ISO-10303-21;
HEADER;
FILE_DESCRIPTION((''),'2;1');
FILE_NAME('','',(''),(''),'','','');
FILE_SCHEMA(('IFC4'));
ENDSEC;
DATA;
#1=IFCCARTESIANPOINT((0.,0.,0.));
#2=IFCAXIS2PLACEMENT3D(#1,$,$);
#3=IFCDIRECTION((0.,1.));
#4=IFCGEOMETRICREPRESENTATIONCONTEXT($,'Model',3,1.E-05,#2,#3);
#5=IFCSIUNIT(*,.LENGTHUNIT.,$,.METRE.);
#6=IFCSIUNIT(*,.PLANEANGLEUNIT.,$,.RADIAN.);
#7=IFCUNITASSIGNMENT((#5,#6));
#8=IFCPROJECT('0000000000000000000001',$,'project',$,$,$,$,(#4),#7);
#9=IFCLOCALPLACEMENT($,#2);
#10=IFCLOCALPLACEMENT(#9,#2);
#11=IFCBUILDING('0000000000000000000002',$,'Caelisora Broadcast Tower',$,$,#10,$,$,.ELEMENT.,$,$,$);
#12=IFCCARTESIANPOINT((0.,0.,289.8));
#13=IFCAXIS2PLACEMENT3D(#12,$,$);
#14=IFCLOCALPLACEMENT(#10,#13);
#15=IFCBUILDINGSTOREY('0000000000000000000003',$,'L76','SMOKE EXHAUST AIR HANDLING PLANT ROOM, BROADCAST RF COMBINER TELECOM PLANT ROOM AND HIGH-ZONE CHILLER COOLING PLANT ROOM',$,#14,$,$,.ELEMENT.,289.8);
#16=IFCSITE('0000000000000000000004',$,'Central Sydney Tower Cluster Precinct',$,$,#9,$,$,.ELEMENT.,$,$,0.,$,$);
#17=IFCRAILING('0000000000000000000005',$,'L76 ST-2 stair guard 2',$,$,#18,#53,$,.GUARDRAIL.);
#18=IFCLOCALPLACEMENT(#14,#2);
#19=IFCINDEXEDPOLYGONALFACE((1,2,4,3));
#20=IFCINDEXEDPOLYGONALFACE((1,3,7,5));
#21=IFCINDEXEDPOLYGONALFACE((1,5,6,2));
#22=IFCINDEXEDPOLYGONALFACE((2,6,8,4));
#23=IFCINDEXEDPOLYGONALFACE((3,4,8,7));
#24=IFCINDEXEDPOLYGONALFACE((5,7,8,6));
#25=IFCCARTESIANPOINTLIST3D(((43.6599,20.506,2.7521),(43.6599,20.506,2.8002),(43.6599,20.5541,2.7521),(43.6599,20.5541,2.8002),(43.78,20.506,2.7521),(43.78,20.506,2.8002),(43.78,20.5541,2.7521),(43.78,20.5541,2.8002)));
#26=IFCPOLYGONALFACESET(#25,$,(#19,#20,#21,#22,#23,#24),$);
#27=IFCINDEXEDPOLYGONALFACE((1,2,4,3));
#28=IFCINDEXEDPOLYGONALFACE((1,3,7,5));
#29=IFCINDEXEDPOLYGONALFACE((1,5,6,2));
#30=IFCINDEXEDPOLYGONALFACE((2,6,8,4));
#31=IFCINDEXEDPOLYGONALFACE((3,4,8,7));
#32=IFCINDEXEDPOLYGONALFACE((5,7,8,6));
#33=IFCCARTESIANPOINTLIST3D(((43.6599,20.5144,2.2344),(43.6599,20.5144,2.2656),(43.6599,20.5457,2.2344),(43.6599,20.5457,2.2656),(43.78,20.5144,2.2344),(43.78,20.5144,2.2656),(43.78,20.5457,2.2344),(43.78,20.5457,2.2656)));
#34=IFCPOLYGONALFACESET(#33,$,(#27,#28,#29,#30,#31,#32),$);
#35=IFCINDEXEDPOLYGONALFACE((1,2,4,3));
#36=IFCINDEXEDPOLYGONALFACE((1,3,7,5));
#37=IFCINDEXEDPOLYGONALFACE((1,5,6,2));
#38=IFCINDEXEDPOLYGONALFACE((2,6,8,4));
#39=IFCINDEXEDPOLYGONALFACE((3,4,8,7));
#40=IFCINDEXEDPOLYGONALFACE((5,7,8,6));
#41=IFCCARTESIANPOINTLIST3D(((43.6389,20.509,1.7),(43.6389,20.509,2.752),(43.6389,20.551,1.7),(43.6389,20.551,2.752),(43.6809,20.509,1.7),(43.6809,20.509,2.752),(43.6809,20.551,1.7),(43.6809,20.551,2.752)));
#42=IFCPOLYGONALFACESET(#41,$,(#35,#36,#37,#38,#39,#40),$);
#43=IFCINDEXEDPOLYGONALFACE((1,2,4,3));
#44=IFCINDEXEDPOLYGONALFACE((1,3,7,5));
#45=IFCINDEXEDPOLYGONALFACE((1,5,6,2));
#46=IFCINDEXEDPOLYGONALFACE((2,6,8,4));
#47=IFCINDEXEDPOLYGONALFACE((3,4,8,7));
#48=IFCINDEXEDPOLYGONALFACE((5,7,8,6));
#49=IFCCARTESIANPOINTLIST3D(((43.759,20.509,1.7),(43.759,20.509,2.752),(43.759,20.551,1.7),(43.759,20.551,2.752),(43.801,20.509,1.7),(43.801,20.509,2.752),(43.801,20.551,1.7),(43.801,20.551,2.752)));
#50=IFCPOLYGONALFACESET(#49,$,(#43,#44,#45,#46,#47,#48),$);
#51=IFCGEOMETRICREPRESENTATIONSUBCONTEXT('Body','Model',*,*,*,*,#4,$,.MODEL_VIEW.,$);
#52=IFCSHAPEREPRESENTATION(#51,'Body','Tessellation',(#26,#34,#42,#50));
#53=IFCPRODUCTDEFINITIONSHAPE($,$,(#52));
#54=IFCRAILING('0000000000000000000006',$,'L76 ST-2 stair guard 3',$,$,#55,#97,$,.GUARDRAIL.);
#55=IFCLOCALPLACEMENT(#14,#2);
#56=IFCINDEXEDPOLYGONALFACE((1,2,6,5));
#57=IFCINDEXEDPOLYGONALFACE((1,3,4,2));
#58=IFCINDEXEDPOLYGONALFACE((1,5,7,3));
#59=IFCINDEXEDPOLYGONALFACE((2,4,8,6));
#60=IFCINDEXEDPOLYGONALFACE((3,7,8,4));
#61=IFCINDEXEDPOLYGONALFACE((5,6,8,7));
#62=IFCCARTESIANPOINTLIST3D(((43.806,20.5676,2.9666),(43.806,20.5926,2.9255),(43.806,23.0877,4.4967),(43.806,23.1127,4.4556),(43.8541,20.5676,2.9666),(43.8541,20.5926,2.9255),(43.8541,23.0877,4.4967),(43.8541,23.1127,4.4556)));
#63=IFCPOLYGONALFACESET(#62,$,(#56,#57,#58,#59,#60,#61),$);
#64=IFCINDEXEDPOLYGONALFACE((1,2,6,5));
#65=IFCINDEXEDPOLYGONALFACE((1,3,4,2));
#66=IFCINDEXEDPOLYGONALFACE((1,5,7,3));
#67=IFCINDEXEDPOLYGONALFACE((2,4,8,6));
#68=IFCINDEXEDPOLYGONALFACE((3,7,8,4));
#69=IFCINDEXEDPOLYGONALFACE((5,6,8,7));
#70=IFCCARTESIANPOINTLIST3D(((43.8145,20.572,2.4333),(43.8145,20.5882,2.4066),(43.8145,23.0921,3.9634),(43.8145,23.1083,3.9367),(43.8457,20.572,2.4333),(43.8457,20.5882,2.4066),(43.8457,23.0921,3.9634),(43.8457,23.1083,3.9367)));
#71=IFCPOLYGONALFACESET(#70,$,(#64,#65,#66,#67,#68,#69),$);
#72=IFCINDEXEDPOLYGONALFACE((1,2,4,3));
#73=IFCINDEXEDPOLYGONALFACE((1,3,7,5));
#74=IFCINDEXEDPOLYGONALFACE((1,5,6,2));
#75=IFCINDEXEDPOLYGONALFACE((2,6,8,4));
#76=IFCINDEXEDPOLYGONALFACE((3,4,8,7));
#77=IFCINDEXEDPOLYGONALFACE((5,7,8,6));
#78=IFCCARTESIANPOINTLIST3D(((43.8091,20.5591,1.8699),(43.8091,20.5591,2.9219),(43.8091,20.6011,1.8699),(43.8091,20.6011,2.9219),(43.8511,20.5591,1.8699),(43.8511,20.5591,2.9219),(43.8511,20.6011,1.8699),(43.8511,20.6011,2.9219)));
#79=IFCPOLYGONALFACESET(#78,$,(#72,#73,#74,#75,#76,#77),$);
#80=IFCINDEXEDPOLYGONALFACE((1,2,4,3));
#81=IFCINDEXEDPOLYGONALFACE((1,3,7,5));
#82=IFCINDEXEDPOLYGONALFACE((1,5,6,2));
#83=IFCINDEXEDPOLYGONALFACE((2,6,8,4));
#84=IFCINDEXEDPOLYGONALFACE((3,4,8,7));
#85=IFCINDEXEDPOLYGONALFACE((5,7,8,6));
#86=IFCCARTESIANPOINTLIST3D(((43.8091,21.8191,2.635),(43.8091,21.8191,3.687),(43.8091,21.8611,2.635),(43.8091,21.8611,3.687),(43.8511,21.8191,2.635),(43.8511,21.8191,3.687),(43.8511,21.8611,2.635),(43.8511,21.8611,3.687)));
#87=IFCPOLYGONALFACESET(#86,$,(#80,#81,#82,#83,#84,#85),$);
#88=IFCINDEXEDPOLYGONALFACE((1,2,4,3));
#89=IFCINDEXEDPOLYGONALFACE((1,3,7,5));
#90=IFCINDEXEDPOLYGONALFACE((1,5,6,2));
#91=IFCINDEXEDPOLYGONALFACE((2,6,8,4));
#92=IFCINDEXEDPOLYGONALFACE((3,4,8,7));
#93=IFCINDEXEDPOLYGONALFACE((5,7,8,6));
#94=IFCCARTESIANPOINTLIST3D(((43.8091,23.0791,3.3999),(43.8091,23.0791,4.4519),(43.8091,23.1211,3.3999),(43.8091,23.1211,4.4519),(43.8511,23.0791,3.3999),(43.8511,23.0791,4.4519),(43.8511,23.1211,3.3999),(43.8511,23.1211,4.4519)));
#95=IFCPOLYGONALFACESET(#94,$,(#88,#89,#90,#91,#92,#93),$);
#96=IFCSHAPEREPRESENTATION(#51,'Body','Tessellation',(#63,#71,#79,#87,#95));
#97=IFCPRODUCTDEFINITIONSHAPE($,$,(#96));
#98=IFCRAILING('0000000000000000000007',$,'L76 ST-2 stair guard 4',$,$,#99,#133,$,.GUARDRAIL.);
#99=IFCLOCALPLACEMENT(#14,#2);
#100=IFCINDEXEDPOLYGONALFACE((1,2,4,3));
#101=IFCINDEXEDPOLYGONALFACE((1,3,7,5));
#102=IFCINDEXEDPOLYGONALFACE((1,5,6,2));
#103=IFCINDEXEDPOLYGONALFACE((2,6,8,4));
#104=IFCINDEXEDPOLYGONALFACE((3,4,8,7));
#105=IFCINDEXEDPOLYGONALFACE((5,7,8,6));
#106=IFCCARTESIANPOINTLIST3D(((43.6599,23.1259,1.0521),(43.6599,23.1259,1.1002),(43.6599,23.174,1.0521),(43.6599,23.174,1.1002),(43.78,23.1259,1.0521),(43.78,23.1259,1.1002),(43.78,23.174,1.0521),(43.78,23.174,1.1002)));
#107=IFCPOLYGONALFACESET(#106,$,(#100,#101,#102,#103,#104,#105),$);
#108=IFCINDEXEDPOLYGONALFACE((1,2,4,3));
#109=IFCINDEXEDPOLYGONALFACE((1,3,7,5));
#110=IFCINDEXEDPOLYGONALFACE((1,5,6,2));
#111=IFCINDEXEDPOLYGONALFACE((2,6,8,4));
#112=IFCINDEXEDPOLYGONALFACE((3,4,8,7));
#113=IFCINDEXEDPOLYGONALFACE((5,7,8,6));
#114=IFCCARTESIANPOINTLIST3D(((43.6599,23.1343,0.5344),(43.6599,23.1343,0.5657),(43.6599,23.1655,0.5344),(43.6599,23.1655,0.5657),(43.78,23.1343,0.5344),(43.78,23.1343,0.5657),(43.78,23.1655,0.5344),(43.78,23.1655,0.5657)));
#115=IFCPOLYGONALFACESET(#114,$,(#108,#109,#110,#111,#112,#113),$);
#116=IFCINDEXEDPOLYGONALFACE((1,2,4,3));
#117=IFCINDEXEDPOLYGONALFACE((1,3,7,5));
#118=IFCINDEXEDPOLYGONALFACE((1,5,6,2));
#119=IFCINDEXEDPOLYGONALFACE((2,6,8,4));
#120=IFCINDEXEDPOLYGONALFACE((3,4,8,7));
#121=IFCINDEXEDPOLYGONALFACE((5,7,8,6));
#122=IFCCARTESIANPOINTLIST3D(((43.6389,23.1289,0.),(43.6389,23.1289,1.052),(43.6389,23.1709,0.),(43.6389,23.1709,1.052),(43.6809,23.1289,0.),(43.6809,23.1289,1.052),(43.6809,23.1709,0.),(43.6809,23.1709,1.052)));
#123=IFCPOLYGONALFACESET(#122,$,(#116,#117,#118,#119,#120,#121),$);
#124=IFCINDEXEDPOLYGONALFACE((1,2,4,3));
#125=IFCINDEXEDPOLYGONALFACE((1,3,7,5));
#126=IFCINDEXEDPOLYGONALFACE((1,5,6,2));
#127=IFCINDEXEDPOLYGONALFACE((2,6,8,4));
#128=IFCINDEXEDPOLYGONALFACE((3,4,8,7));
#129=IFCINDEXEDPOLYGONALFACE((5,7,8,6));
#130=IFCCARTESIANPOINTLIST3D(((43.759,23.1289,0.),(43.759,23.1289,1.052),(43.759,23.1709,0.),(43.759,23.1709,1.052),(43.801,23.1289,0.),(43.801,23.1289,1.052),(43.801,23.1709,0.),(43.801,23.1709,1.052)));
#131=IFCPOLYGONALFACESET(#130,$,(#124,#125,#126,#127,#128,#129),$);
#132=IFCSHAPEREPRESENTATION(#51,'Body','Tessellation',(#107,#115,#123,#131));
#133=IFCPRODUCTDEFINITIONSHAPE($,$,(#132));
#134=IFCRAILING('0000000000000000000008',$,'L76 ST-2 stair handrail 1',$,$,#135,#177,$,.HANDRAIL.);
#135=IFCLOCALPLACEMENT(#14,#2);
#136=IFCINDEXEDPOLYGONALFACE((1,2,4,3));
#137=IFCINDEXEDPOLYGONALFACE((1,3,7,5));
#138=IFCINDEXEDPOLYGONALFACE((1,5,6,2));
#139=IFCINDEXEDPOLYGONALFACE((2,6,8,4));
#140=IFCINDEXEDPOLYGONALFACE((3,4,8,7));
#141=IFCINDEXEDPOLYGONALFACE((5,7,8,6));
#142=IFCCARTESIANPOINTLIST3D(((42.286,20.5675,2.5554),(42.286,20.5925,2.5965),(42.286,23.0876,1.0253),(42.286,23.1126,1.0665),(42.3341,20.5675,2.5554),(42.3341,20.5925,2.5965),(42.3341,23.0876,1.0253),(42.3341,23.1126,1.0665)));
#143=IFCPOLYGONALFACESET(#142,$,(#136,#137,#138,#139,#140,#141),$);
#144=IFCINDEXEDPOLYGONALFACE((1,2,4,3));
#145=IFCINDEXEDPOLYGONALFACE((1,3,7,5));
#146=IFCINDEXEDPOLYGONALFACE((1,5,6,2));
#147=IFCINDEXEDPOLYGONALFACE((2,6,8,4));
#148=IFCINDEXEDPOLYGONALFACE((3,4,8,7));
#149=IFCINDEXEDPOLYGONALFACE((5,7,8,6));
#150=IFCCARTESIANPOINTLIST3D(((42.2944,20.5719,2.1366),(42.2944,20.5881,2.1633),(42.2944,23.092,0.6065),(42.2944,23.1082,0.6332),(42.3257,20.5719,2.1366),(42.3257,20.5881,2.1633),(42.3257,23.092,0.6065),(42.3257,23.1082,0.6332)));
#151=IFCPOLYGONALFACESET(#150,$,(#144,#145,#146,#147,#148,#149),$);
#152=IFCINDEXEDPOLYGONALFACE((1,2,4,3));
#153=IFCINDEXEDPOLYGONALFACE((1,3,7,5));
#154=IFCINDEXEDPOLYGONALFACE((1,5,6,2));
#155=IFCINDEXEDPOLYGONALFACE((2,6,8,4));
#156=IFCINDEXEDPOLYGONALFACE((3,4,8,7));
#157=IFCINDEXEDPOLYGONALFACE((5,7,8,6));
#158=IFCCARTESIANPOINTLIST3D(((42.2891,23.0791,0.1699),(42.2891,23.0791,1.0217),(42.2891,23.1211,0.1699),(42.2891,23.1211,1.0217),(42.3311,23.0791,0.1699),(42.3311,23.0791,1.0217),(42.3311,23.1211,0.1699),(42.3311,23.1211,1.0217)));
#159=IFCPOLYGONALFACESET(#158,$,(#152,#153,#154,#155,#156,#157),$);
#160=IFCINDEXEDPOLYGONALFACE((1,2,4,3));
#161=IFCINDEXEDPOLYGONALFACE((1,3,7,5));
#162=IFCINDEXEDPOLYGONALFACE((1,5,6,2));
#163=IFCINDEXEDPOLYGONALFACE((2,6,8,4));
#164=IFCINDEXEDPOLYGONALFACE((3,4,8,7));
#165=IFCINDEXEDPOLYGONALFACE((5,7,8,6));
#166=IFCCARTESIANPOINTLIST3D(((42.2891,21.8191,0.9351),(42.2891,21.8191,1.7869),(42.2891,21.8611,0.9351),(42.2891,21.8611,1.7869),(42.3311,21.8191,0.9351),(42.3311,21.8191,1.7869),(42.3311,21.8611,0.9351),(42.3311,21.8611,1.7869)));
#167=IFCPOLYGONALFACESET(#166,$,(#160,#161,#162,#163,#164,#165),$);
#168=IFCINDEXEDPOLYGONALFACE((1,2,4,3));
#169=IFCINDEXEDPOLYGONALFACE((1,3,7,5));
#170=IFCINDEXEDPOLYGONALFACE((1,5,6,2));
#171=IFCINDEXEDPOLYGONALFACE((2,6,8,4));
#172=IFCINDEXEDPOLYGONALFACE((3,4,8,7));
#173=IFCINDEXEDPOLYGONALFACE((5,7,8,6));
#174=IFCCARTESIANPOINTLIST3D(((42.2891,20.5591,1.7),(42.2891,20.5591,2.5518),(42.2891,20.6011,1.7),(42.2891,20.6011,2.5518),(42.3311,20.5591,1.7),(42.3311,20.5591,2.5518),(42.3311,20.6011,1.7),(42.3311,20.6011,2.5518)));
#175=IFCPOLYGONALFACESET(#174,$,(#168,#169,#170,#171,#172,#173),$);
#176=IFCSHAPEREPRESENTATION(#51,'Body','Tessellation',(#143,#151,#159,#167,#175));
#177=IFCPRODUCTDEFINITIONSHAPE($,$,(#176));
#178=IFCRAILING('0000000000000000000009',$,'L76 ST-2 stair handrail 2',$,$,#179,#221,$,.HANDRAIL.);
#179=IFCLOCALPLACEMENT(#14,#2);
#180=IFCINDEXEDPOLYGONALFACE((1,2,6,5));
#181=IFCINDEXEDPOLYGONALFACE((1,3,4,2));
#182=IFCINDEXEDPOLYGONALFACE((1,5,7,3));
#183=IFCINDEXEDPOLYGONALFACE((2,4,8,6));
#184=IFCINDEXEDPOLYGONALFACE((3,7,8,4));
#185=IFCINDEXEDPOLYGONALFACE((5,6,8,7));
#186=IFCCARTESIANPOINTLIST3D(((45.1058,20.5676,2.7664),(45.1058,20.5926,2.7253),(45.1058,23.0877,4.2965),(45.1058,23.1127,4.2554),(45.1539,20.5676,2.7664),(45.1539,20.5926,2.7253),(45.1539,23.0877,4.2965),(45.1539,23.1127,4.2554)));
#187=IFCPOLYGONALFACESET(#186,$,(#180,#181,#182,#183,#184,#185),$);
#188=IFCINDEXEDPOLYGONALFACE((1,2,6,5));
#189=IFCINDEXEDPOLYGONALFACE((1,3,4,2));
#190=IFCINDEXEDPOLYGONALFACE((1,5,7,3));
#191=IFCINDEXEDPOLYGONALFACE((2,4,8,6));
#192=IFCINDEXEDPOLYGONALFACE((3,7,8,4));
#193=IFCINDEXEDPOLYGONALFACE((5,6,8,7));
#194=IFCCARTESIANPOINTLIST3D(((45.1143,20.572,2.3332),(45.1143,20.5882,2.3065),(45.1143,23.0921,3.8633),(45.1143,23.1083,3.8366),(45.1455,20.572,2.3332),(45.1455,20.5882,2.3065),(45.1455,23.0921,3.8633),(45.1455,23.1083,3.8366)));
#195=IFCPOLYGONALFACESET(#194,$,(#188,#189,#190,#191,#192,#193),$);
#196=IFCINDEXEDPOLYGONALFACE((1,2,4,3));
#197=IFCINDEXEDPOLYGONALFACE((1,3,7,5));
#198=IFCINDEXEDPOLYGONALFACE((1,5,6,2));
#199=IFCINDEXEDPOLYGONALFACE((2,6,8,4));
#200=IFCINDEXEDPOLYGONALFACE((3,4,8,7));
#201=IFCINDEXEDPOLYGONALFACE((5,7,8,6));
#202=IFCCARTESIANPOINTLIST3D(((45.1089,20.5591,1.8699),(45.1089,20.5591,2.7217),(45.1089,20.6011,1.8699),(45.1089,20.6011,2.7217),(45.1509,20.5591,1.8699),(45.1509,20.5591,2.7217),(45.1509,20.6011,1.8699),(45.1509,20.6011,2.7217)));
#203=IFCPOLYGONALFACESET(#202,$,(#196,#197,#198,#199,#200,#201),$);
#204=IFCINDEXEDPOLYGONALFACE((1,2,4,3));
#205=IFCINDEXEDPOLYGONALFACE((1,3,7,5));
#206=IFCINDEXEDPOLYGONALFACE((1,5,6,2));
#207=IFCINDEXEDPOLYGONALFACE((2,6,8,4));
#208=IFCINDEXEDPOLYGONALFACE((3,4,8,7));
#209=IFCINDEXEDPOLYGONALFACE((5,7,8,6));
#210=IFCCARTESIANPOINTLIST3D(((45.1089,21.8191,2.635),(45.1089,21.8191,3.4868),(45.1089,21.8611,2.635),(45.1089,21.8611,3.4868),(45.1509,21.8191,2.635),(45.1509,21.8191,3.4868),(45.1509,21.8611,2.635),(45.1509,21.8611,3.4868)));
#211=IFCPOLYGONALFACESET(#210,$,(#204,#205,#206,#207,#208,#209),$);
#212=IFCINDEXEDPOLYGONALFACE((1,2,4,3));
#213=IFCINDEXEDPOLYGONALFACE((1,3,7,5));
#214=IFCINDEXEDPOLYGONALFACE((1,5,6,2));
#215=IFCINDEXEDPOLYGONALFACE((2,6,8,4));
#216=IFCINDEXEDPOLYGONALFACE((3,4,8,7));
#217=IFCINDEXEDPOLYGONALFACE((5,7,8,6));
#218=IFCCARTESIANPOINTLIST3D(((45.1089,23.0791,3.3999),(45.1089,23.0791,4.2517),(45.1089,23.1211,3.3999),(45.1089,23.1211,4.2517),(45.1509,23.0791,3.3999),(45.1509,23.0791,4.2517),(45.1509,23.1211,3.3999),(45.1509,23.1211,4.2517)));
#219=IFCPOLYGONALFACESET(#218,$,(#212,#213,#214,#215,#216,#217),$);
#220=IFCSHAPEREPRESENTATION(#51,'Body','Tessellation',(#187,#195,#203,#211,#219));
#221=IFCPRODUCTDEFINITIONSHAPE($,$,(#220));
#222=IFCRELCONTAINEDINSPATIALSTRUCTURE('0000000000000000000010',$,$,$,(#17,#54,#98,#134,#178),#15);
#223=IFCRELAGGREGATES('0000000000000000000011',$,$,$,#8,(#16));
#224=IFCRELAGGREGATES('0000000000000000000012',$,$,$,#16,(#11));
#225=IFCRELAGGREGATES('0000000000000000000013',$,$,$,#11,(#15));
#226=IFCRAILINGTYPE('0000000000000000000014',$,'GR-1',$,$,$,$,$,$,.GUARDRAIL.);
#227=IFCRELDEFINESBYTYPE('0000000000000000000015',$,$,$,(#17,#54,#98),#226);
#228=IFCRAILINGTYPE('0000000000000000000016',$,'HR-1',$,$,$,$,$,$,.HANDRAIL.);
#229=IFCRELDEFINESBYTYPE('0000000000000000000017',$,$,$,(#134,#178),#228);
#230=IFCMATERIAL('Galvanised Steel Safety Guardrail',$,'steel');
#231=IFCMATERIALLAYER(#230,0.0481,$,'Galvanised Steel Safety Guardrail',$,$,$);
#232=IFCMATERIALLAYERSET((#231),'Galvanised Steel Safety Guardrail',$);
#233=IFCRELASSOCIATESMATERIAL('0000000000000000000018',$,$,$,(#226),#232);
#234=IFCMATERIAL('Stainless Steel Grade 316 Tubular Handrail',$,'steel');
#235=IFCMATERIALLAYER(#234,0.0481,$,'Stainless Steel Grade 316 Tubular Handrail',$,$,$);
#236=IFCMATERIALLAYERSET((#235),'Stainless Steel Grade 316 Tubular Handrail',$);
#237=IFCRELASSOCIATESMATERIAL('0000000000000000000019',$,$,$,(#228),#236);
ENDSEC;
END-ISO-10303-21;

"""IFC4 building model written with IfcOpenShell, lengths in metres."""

from ifc_helpers import new_model, si_unit, direction, frame, origin, origin_2d, place, context, subcontext, project, spatial, rectangle, extrude, material, layer, layer_set, type_object, element, save


model = new_model("IFC4")

# Units and contexts
model_context = context("Model", 3, precision=1e-05, world=origin(), true_north=direction((0.0, 1.0)))
body_context = subcontext(model_context, "Body", "Model", "MODEL_VIEW")
ifc_project = project(units=[si_unit("LENGTHUNIT", "METRE"), si_unit("PLANEANGLEUNIT", "RADIAN")], contexts=[model_context])

# Site, building, storey
site_placement = place(None, origin())
site = spatial("IfcSite", under=ifc_project, at=site_placement, Name="Central Sydney Tower Cluster Precinct", CompositionType="ELEMENT", RefElevation=0.0)
building_placement = place(site_placement, origin())
building = spatial("IfcBuilding", under=site, at=building_placement, Name="Caelisora Broadcast Tower", CompositionType="ELEMENT")
storey_placement = place(building_placement, frame((0.0, 0.0, 289.8)))
storey = spatial("IfcBuildingStorey", under=building, at=storey_placement, Name="L76", Description="SMOKE EXHAUST AIR HANDLING PLANT ROOM, BROADCAST RF COMBINER TELECOM PLANT ROOM AND HIGH-ZONE CHILLER COOLING PLANT ROOM", CompositionType="ELEMENT", Elevation=289.8)

# Railings
ifc_material_1 = material(Name="Galvanised Steel Safety Guardrail", Category="steel")
ifc_layer_1 = layer(ifc_material_1, 0.0481, Name="Galvanised Steel Safety Guardrail")
ifc_layer_set_1 = layer_set([ifc_layer_1], Name="Galvanised Steel Safety Guardrail")
railing_type_1 = type_object("IfcRailingType", Name="GR-1", PredefinedType="GUARDRAIL", material=ifc_layer_set_1)
railing_1_placement = place(storey_placement, frame((43.6599, 20.53, 1.7)))
element("IfcRailing", 1, at=railing_1_placement, inside=storey, type_object=railing_type_1, Name="L76 ST-2 stair guard 2", PredefinedType="GUARDRAIL", context=body_context, shape_type="SweptSolid", body=[
    extrude(rectangle(XDim=0.0481, YDim=0.0481, at=origin_2d()), frame((0.0, 0.0, 1.0762), z_axis=(1.0, 0.0, 0.0), x_axis=(0.0, 1.0, 0.0)), (0.0, 0.0, 1.0), 0.1201),
    extrude(rectangle(XDim=0.0312, YDim=0.0312, at=origin_2d()), frame((0.0, 0.0, 0.55), z_axis=(1.0, 0.0, 0.0), x_axis=(0.0, 1.0, 0.0)), (0.0, 0.0, 1.0), 0.1201),
    extrude(rectangle(XDim=0.042, YDim=0.042, at=origin_2d()), origin(), (0.0, 0.0, 1.0), 1.052),
    extrude(rectangle(XDim=0.042, YDim=0.042, at=origin_2d()), frame((0.1201, 0.0, 0.0)), (0.0, 0.0, 1.0), 1.052),
])
railing_2_placement = place(storey_placement, frame((43.8301, 20.5801, 1.8699)))
element("IfcRailing", 2, at=railing_2_placement, inside=storey, type_object=railing_type_1, Name="L76 ST-2 stair guard 3", PredefinedType="GUARDRAIL", context=body_context, shape_type="SweptSolid", body=[
    extrude(rectangle(XDim=0.0481, YDim=0.0481, at=origin_2d()), frame((0.0, 0.0, 1.0762), z_axis=(0.0, 0.854785, 0.518982), x_axis=(-1.0, 0.0, 0.0)), (0.0, 0.0, 1.0), 2.9482),
    extrude(rectangle(XDim=0.0312, YDim=0.0312, at=origin_2d()), frame((0.0, 0.0, 0.55), z_axis=(0.0, 0.854785, 0.518982), x_axis=(-1.0, 0.0, 0.0)), (0.0, 0.0, 1.0), 2.9482),
    extrude(rectangle(XDim=0.042, YDim=0.042, at=origin_2d()), origin(), (0.0, 0.0, 1.0), 1.052),
    extrude(rectangle(XDim=0.042, YDim=0.042, at=origin_2d()), frame((0.0, 1.26, 0.7651)), (0.0, 0.0, 1.0), 1.052),
    extrude(rectangle(XDim=0.042, YDim=0.042, at=origin_2d()), frame((0.0, 2.52, 1.53)), (0.0, 0.0, 1.0), 1.052),
])
railing_3_placement = place(storey_placement, frame((43.6599, 23.1499, 0.0)))
element("IfcRailing", 3, at=railing_3_placement, inside=storey, type_object=railing_type_1, Name="L76 ST-2 stair guard 4", PredefinedType="GUARDRAIL", context=body_context, shape_type="SweptSolid", body=[
    extrude(rectangle(XDim=0.0481, YDim=0.0481, at=origin_2d()), frame((0.0, 0.0, 1.0762), z_axis=(1.0, 0.0, 0.0), x_axis=(0.0, 1.0, 0.0)), (0.0, 0.0, 1.0), 0.1201),
    extrude(rectangle(XDim=0.0312, YDim=0.0312, at=origin_2d()), frame((0.0, 0.0, 0.55), z_axis=(1.0, 0.0, 0.0), x_axis=(0.0, 1.0, 0.0)), (0.0, 0.0, 1.0), 0.1201),
    extrude(rectangle(XDim=0.042, YDim=0.042, at=origin_2d()), origin(), (0.0, 0.0, 1.0), 1.052),
    extrude(rectangle(XDim=0.042, YDim=0.042, at=origin_2d()), frame((0.1201, 0.0, 0.0)), (0.0, 0.0, 1.0), 1.052),
])
ifc_material_2 = material(Name="Stainless Steel Grade 316 Tubular Handrail", Category="steel")
ifc_layer_2 = layer(ifc_material_2, 0.0481, Name="Stainless Steel Grade 316 Tubular Handrail")
ifc_layer_set_2 = layer_set([ifc_layer_2], Name="Stainless Steel Grade 316 Tubular Handrail")
railing_type_2 = type_object("IfcRailingType", Name="HR-1", PredefinedType="HANDRAIL", material=ifc_layer_set_2)
railing_4_placement = place(storey_placement, frame((42.3101, 23.1001, 0.1699)))
element("IfcRailing", 4, at=railing_4_placement, inside=storey, type_object=railing_type_2, Name="L76 ST-2 stair handrail 1", PredefinedType="HANDRAIL", context=body_context, shape_type="SweptSolid", body=[
    extrude(rectangle(XDim=0.0481, YDim=0.0481, at=origin_2d()), frame((0.0, 0.0, 0.876), z_axis=(0.0, -0.854785, 0.518982), x_axis=(1.0, 0.0, 0.0)), (0.0, 0.0, 1.0), 2.9482),
    extrude(rectangle(XDim=0.0312, YDim=0.0312, at=origin_2d()), frame((0.0, 0.0, 0.45), z_axis=(0.0, -0.854785, 0.518982), x_axis=(1.0, 0.0, 0.0)), (0.0, 0.0, 1.0), 2.9482),
    extrude(rectangle(XDim=0.042, YDim=0.042, at=origin_2d()), origin(), (0.0, 0.0, 1.0), 0.8518),
    extrude(rectangle(XDim=0.042, YDim=0.042, at=origin_2d()), frame((0.0, -1.26, 0.7651)), (0.0, 0.0, 1.0), 0.8518),
    extrude(rectangle(XDim=0.042, YDim=0.042, at=origin_2d()), frame((0.0, -2.52, 1.53)), (0.0, 0.0, 1.0), 0.8518),
])
railing_5_placement = place(storey_placement, frame((45.1299, 20.5801, 1.8699)))
element("IfcRailing", 5, at=railing_5_placement, inside=storey, type_object=railing_type_2, Name="L76 ST-2 stair handrail 2", PredefinedType="HANDRAIL", context=body_context, shape_type="SweptSolid", body=[
    extrude(rectangle(XDim=0.0481, YDim=0.0481, at=origin_2d()), frame((0.0, 0.0, 0.876), z_axis=(0.0, 0.854785, 0.518982), x_axis=(-1.0, 0.0, 0.0)), (0.0, 0.0, 1.0), 2.9482),
    extrude(rectangle(XDim=0.0312, YDim=0.0312, at=origin_2d()), frame((0.0, 0.0, 0.45), z_axis=(0.0, 0.854785, 0.518982), x_axis=(-1.0, 0.0, 0.0)), (0.0, 0.0, 1.0), 2.9482),
    extrude(rectangle(XDim=0.042, YDim=0.042, at=origin_2d()), origin(), (0.0, 0.0, 1.0), 0.8518),
    extrude(rectangle(XDim=0.042, YDim=0.042, at=origin_2d()), frame((0.0, 1.26, 0.7651)), (0.0, 0.0, 1.0), 0.8518),
    extrude(rectangle(XDim=0.042, YDim=0.042, at=origin_2d()), frame((0.0, 2.52, 1.53)), (0.0, 0.0, 1.0), 0.8518),
])

save(model, "model.ifc")
